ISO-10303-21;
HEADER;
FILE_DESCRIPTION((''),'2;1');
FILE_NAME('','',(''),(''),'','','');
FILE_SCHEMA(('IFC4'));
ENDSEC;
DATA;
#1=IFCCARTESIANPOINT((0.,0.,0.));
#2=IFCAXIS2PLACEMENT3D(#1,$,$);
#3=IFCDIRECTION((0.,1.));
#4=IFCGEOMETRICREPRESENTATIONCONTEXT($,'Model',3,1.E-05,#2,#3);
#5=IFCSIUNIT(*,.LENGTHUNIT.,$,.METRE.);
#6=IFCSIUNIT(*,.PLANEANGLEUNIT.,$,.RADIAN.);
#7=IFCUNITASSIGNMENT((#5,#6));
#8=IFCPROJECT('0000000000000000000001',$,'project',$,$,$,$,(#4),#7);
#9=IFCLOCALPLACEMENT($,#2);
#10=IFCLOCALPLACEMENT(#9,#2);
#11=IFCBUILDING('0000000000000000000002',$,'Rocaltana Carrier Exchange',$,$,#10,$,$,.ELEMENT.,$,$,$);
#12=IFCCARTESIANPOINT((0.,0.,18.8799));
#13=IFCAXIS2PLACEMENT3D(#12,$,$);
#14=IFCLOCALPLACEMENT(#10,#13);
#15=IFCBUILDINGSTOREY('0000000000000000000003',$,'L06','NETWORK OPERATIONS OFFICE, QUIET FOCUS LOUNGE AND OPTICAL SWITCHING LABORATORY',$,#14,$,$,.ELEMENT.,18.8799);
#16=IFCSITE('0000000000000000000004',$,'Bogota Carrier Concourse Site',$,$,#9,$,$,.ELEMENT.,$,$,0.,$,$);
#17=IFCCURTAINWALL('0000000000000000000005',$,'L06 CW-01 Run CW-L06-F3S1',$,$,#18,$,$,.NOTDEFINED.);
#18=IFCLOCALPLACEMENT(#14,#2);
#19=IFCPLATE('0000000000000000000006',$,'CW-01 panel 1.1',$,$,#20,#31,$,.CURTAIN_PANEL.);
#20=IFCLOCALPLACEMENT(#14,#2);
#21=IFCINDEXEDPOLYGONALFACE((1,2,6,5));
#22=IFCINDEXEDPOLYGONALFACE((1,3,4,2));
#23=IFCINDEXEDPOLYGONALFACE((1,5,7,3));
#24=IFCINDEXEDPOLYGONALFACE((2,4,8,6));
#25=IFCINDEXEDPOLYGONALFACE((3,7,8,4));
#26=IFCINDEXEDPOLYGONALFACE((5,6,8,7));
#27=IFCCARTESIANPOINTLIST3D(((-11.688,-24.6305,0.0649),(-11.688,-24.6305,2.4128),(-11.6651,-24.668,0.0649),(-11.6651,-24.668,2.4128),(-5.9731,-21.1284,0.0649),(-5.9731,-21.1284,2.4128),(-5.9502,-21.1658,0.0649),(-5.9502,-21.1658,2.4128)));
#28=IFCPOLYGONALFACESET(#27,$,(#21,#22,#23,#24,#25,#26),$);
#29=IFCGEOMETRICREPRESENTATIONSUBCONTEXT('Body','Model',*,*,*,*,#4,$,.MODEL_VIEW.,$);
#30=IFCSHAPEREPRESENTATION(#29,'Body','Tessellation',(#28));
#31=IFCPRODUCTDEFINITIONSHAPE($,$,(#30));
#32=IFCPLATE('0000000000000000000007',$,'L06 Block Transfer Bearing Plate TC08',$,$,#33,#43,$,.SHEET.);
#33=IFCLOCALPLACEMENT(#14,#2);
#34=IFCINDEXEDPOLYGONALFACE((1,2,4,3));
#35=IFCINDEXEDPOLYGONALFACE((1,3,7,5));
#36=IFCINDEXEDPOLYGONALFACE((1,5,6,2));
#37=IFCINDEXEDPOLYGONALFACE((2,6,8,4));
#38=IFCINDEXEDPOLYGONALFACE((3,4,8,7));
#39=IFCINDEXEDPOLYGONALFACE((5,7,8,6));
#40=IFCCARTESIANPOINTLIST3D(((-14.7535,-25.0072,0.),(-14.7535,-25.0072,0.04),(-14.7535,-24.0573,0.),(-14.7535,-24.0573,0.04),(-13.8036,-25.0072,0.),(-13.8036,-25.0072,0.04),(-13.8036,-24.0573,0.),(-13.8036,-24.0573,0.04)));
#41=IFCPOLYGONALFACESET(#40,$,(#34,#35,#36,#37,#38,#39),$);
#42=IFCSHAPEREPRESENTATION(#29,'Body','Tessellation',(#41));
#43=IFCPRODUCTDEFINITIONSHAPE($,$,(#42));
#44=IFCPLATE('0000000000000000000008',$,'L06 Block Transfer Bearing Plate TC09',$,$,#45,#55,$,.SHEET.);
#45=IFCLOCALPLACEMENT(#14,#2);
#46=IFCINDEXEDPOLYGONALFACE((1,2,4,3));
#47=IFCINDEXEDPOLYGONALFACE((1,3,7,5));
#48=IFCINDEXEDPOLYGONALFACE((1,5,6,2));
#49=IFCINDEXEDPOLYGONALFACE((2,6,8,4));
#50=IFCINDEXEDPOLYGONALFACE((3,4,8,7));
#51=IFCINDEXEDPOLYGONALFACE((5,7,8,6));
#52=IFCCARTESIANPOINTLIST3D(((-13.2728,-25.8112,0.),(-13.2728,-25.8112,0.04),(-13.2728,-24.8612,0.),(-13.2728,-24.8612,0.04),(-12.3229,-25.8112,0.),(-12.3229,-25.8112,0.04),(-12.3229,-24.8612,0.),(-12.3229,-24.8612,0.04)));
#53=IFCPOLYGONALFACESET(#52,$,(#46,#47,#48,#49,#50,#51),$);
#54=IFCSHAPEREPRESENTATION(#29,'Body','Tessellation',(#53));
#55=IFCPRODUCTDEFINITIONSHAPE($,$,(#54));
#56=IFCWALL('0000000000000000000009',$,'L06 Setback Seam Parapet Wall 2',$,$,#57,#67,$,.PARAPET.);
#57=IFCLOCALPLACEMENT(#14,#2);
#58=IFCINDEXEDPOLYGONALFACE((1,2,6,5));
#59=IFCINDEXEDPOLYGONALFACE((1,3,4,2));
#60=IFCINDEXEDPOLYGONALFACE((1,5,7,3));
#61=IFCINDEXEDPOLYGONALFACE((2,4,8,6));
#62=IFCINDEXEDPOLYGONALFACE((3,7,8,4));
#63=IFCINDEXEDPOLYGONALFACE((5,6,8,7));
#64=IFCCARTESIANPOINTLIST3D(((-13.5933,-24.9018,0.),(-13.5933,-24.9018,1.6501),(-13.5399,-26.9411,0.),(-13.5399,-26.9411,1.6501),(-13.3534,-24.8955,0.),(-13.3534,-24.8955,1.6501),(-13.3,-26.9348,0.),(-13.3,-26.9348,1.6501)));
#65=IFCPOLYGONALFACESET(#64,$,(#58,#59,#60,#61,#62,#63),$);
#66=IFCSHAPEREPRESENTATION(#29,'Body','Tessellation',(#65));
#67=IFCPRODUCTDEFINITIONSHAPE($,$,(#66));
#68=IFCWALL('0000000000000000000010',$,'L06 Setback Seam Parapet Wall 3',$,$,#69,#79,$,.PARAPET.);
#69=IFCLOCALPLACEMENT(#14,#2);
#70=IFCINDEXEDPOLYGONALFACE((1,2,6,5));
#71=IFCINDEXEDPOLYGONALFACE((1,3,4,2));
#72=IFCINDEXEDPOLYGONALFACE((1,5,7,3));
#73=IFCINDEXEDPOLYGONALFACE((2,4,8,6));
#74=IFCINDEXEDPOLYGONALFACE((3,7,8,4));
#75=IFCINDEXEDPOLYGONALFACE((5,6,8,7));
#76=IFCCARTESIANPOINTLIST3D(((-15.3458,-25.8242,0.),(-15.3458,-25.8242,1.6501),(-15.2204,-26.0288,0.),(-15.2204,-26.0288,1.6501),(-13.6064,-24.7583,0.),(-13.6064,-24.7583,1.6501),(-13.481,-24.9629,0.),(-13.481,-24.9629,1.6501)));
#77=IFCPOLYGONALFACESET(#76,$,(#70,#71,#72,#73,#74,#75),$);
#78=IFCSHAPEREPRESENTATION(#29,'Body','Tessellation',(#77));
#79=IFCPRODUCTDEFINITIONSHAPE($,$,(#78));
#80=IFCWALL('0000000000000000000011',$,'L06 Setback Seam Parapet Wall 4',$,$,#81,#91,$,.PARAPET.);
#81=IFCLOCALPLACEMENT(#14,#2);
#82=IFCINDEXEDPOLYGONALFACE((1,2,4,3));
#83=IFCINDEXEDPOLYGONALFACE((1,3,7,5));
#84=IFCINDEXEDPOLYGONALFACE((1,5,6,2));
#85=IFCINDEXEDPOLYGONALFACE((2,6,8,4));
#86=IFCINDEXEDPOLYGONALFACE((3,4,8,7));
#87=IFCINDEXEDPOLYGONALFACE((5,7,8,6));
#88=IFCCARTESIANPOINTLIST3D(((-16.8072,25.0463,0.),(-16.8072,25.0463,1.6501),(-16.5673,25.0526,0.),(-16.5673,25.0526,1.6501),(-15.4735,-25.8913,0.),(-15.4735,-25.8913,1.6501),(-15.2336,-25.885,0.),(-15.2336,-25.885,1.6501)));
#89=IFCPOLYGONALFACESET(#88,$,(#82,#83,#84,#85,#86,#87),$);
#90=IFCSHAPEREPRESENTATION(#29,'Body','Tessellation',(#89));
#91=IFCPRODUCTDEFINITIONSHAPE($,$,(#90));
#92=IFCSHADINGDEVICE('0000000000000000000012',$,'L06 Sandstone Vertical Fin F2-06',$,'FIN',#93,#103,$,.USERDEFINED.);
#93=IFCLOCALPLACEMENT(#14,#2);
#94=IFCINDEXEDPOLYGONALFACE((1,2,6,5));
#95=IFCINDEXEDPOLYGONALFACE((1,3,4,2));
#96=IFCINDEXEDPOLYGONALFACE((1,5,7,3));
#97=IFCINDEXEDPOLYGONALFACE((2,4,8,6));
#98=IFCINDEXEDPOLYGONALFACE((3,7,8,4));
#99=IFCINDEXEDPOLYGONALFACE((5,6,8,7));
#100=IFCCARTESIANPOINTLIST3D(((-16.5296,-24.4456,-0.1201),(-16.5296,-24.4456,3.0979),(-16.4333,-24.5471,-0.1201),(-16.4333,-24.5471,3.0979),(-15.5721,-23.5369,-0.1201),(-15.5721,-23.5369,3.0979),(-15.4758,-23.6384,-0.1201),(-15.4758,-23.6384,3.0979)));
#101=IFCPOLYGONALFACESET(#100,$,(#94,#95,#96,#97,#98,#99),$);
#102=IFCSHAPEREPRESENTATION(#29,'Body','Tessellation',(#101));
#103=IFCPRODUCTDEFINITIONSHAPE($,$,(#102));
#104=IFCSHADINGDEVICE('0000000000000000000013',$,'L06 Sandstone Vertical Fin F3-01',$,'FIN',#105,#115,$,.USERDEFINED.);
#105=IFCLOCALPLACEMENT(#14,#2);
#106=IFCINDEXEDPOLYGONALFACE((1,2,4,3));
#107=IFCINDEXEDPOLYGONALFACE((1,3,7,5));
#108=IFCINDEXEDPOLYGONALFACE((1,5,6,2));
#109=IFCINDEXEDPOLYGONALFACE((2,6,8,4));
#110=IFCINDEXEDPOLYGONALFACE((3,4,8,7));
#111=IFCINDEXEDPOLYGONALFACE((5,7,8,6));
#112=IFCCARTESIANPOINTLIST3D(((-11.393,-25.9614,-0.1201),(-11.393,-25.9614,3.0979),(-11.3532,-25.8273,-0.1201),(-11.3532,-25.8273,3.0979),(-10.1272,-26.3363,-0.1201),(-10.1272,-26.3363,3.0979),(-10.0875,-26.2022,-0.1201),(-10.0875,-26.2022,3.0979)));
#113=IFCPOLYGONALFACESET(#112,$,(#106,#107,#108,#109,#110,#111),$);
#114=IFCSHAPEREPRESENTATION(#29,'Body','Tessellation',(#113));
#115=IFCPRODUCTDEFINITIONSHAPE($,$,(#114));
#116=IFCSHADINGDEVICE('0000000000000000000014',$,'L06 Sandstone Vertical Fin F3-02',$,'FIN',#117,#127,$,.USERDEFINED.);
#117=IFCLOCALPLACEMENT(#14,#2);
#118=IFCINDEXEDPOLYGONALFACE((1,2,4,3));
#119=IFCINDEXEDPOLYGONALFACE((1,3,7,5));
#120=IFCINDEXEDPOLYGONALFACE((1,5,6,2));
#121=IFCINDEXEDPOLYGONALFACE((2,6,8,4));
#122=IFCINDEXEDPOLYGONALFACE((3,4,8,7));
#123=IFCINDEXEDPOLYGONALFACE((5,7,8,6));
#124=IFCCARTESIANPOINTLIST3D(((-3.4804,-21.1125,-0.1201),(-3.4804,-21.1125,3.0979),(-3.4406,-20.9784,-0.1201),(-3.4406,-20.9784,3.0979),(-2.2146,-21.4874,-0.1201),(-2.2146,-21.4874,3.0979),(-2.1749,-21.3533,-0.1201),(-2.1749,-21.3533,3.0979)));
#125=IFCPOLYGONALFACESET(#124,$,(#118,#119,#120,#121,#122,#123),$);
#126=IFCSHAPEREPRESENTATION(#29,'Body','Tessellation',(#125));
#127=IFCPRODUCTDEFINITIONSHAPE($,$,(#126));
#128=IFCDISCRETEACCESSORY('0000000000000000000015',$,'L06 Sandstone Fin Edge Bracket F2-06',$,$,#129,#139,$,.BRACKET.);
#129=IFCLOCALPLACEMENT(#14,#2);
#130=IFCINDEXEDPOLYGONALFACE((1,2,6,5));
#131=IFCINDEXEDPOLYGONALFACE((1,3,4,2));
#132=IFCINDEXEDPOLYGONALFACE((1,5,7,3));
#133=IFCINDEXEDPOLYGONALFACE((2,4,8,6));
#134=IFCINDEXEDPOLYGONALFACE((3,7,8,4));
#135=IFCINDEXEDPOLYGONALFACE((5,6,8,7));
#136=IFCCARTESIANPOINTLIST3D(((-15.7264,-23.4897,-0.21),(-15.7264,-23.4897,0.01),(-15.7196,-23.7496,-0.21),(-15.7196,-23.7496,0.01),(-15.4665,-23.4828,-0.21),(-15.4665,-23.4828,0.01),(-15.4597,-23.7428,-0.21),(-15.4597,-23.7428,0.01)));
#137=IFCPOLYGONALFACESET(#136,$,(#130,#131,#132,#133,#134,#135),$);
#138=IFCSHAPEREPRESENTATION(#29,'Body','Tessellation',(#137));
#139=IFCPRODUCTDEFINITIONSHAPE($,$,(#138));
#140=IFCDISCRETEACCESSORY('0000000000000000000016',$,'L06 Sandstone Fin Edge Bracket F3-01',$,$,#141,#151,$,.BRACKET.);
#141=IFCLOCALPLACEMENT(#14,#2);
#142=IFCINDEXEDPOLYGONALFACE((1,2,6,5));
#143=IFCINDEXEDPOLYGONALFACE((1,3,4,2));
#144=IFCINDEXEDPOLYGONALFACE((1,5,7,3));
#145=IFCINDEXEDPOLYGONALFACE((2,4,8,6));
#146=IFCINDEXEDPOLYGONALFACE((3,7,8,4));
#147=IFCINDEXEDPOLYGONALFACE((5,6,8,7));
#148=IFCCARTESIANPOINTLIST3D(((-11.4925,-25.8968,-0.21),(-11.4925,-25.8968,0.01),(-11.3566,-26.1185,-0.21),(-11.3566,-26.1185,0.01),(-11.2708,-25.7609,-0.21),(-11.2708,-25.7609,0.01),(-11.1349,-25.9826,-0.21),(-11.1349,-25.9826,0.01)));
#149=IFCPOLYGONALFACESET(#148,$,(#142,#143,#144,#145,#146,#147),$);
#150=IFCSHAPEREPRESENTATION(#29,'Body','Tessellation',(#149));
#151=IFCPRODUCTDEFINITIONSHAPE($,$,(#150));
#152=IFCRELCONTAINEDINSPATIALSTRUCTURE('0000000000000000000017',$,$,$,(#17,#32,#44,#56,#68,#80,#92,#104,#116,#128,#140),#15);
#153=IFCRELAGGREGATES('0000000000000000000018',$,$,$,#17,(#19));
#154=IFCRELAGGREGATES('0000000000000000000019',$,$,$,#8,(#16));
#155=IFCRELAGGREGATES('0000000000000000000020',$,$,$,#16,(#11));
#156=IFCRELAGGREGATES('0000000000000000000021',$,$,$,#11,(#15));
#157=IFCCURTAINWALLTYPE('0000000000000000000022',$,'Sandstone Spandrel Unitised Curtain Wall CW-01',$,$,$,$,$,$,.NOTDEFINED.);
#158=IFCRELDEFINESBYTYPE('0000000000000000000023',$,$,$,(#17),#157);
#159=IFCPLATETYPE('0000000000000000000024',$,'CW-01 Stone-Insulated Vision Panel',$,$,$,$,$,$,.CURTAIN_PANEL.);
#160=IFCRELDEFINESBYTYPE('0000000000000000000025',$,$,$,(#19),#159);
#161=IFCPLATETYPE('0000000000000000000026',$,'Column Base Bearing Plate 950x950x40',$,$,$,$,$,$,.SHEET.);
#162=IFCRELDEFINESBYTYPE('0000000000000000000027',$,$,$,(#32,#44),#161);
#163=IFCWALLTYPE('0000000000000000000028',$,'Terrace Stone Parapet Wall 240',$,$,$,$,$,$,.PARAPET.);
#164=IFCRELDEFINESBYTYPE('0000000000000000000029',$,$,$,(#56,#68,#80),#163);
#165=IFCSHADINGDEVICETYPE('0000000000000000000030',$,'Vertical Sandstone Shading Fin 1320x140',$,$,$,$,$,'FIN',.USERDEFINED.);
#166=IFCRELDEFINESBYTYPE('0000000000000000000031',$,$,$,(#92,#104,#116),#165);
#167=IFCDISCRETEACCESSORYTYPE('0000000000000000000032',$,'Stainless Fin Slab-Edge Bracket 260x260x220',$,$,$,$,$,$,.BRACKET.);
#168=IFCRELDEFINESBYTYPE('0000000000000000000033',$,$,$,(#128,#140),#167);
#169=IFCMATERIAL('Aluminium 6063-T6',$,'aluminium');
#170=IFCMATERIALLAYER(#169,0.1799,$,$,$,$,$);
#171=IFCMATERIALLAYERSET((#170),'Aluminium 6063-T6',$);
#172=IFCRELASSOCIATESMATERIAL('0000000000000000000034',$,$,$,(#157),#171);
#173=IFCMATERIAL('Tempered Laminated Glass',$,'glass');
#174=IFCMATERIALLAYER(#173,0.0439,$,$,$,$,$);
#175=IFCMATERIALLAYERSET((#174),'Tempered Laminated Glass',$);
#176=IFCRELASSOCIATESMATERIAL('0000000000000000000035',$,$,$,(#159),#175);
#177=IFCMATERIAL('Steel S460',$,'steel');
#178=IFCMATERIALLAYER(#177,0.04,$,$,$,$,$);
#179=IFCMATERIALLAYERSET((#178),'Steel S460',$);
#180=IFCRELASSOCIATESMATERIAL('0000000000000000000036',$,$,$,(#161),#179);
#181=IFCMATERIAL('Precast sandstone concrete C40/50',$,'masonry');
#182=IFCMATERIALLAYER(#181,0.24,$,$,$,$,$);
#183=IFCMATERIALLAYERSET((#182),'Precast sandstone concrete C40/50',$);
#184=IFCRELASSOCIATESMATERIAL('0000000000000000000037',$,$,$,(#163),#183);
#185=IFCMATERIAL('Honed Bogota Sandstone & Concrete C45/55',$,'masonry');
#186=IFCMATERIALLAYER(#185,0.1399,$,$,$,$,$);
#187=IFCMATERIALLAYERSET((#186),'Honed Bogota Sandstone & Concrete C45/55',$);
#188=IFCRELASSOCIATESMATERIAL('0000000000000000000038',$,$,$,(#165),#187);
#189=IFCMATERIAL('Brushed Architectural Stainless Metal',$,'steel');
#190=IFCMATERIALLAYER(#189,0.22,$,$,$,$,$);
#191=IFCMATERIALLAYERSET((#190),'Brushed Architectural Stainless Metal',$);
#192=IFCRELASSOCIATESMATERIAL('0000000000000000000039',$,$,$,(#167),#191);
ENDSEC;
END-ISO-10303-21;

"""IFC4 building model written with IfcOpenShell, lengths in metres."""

from ifc_helpers import new_model, si_unit, direction, frame, frame_2d, origin, origin_2d, place, context, subcontext, project, spatial, rectangle, extrude, material, layer, layer_set, type_object, element, aggregate, save


model = new_model("IFC4")

# Units and contexts
model_context = context("Model", 3, precision=1e-05, world=origin(), true_north=direction((0.0, 1.0)))
body_context = subcontext(model_context, "Body", "Model", "MODEL_VIEW")
ifc_project = project(units=[si_unit("LENGTHUNIT", "METRE"), si_unit("PLANEANGLEUNIT", "RADIAN")], contexts=[model_context])

# Site, building, storey
site_placement = place(None, origin())
site = spatial("IfcSite", under=ifc_project, at=site_placement, Name="Bogota Carrier Concourse Site", CompositionType="ELEMENT", RefElevation=0.0)
building_placement = place(site_placement, origin())
building = spatial("IfcBuilding", under=site, at=building_placement, Name="Rocaltana Carrier Exchange", CompositionType="ELEMENT")
storey_placement = place(building_placement, frame((0.0, 0.0, 18.8799)))
storey = spatial("IfcBuildingStorey", under=building, at=storey_placement, Name="L06", Description="NETWORK OPERATIONS OFFICE, QUIET FOCUS LOUNGE AND OPTICAL SWITCHING LABORATORY", CompositionType="ELEMENT", Elevation=18.8799)

# Shared definitions
ifc_material_1 = material(Name="Aluminium 6063-T6", Category="aluminium")
ifc_layer_1 = layer(ifc_material_1, 0.1799)
ifc_layer_set_1 = layer_set([ifc_layer_1], Name="Aluminium 6063-T6")
curtain_wall_type = type_object("IfcCurtainWallType", Name="Sandstone Spandrel Unitised Curtain Wall CW-01", PredefinedType="NOTDEFINED", material=ifc_layer_set_1)

# Curtain wall
curtain_wall_1_placement = place(storey_placement, origin())
curtain_wall_1 = element("IfcCurtainWall", 1, at=curtain_wall_1_placement, inside=storey, type_object=curtain_wall_type, Name="L06 CW-01 Run CW-L06-F3S1", PredefinedType="NOTDEFINED")

# Plate
ifc_material_2 = material(Name="Tempered Laminated Glass", Category="glass")
ifc_layer_2 = layer(ifc_material_2, 0.0439)
ifc_layer_set_2 = layer_set([ifc_layer_2], Name="Tempered Laminated Glass")
plate_type_1 = type_object("IfcPlateType", Name="CW-01 Stone-Insulated Vision Panel", PredefinedType="CURTAIN_PANEL", material=ifc_layer_set_2)
plate_placement = place(storey_placement, frame((-8.8191, -22.8982, 0.0649), z_axis=(0.0, 0.0, 1.0), x_axis=(0.852636, 0.522505, 0.0)))
plate = element("IfcPlate", 2, at=plate_placement, type_object=plate_type_1, Name="CW-01 panel 1.1", PredefinedType="CURTAIN_PANEL", context=body_context, shape_type="SweptSolid", body=[
    extrude(rectangle(XDim=6.7026, YDim=0.0439, at=origin_2d()), origin(), (0.0, 0.0, 1.0), 2.3479),
])
aggregate(curtain_wall_1, [plate])

# Plates
ifc_material_3 = material(Name="Steel S460", Category="steel")
ifc_layer_3 = layer(ifc_material_3, 0.04)
ifc_layer_set_3 = layer_set([ifc_layer_3], Name="Steel S460")
plate_type_2 = type_object("IfcPlateType", Name="Column Base Bearing Plate 950x950x40", PredefinedType="SHEET", material=ifc_layer_set_3)
for number, where, z_axis, x_axis, name in (
    (3, (-14.2786, -24.5322, 0.0), (0.0, 0.0, 1.0), (1.0, 0.0, 0.0), "L06 Block Transfer Bearing Plate TC08"),
    (4, (-12.7979, -25.3362, 0.0), (0.0, 0.0, 1.0), (1.0, 0.0, 0.0), "L06 Block Transfer Bearing Plate TC09"),
):
    element("IfcPlate", number, at=place(storey_placement, frame(where, z_axis=z_axis, x_axis=x_axis)), inside=storey, type_object=plate_type_2, Name=name, PredefinedType="SHEET", context=body_context, shape_type="SweptSolid", body=[
        extrude(rectangle(XDim=0.95, YDim=0.95, at=origin_2d()), origin(), (0.0, 0.0, 1.0), 0.04),
    ])

# Walls
ifc_material_4 = material(Name="Precast sandstone concrete C40/50", Category="masonry")
ifc_layer_4 = layer(ifc_material_4, 0.24)
ifc_layer_set_4 = layer_set([ifc_layer_4], Name="Precast sandstone concrete C40/50")
wall_type = type_object("IfcWallType", Name="Terrace Stone Parapet Wall 240", PredefinedType="PARAPET", material=ifc_layer_set_4)
for number, where, z_axis, x_axis, name in (
    (5, (-13.4199, -26.938, 0.0), (0.0, 0.0, 1.0), (-0.026209, 0.999656, 0.0), "L06 Setback Seam Parapet Wall 2"),
    (6, (-13.5437, -24.8606, 0.0), (0.0, 0.0, 1.0), (-0.852651, -0.522481, 0.0), "L06 Setback Seam Parapet Wall 3"),
):
    element("IfcWall", number, at=place(storey_placement, frame(where, z_axis=z_axis, x_axis=x_axis)), inside=storey, type_object=wall_type, Name=name, PredefinedType="PARAPET", context=body_context, shape_type="SweptSolid", body=[
        extrude(rectangle(XDim=2.04, YDim=0.24, at=frame_2d((1.02, 0.0))), origin(), (0.0, 0.0, 1.0), 1.6501),
    ])
wall_placement = place(storey_placement, frame((-15.3535, -25.8882, 0.0), z_axis=(0.0, 0.0, 1.0), x_axis=(-0.026175, 0.999657, 0.0)))
element("IfcWall", 7, at=wall_placement, inside=storey, type_object=wall_type, Name="L06 Setback Seam Parapet Wall 4", PredefinedType="PARAPET", context=body_context, shape_type="SweptSolid", body=[
    extrude(rectangle(XDim=50.9551, YDim=0.24, at=frame_2d((25.4775, 0.0))), origin(), (0.0, 0.0, 1.0), 1.6501),
])

# Shading devices
ifc_material_5 = material(Name="Honed Bogota Sandstone & Concrete C45/55", Category="masonry")
ifc_layer_5 = layer(ifc_material_5, 0.1399)
ifc_layer_set_5 = layer_set([ifc_layer_5], Name="Honed Bogota Sandstone & Concrete C45/55")
shading_device_type = type_object("IfcShadingDeviceType", Name="Vertical Sandstone Shading Fin 1320x140", ElementType="FIN", PredefinedType="USERDEFINED", material=ifc_layer_set_5)
for number, where, z_axis, x_axis, name in (
    (8, (-16.0027, -24.042, -0.1201), (0.0, 0.0, 1.0), (-0.725374, -0.688355, 0.0), "L06 Sandstone Vertical Fin F2-06"),
    (9, (-10.7402, -26.0818, -0.1201), (0.0, 0.0, 1.0), (0.95882, -0.284015, 0.0), "L06 Sandstone Vertical Fin F3-01"),
    (10, (-2.8276, -21.2329, -0.1201), (0.0, 0.0, 1.0), (0.95882, -0.284015, 0.0), "L06 Sandstone Vertical Fin F3-02"),
):
    element("IfcShadingDevice", number, at=place(storey_placement, frame(where, z_axis=z_axis, x_axis=x_axis)), inside=storey, type_object=shading_device_type, Name=name, ObjectType="FIN", PredefinedType="USERDEFINED", context=body_context, shape_type="SweptSolid", body=[
        extrude(rectangle(XDim=1.3201, YDim=0.1399, at=origin_2d()), origin(), (0.0, 0.0, 1.0), 3.218),
    ])

# Discrete accessories
ifc_material_6 = material(Name="Brushed Architectural Stainless Metal", Category="steel")
ifc_layer_6 = layer(ifc_material_6, 0.22)
ifc_layer_set_6 = layer_set([ifc_layer_6], Name="Brushed Architectural Stainless Metal")
discrete_accessory_type = type_object("IfcDiscreteAccessoryType", Name="Stainless Fin Slab-Edge Bracket 260x260x220", PredefinedType="BRACKET", material=ifc_layer_set_6)
for number, where, z_axis, x_axis, name in (
    (11, (-15.593, -23.6162, -0.21), (0.0, 0.0, 1.0), (0.026177, -0.999657, 0.0), "L06 Sandstone Fin Edge Bracket F2-06"),
    (12, (-11.3137, -25.9397, -0.21), (0.0, 0.0, 1.0), (0.85264, 0.522499, 0.0), "L06 Sandstone Fin Edge Bracket F3-01"),
):
    element("IfcDiscreteAccessory", number, at=place(storey_placement, frame(where, z_axis=z_axis, x_axis=x_axis)), inside=storey, type_object=discrete_accessory_type, Name=name, PredefinedType="BRACKET", context=body_context, shape_type="SweptSolid", body=[
        extrude(rectangle(XDim=0.26, YDim=0.26, at=origin_2d()), origin(), (0.0, 0.0, 1.0), 0.22),
    ])

save(model, "model.ifc")
